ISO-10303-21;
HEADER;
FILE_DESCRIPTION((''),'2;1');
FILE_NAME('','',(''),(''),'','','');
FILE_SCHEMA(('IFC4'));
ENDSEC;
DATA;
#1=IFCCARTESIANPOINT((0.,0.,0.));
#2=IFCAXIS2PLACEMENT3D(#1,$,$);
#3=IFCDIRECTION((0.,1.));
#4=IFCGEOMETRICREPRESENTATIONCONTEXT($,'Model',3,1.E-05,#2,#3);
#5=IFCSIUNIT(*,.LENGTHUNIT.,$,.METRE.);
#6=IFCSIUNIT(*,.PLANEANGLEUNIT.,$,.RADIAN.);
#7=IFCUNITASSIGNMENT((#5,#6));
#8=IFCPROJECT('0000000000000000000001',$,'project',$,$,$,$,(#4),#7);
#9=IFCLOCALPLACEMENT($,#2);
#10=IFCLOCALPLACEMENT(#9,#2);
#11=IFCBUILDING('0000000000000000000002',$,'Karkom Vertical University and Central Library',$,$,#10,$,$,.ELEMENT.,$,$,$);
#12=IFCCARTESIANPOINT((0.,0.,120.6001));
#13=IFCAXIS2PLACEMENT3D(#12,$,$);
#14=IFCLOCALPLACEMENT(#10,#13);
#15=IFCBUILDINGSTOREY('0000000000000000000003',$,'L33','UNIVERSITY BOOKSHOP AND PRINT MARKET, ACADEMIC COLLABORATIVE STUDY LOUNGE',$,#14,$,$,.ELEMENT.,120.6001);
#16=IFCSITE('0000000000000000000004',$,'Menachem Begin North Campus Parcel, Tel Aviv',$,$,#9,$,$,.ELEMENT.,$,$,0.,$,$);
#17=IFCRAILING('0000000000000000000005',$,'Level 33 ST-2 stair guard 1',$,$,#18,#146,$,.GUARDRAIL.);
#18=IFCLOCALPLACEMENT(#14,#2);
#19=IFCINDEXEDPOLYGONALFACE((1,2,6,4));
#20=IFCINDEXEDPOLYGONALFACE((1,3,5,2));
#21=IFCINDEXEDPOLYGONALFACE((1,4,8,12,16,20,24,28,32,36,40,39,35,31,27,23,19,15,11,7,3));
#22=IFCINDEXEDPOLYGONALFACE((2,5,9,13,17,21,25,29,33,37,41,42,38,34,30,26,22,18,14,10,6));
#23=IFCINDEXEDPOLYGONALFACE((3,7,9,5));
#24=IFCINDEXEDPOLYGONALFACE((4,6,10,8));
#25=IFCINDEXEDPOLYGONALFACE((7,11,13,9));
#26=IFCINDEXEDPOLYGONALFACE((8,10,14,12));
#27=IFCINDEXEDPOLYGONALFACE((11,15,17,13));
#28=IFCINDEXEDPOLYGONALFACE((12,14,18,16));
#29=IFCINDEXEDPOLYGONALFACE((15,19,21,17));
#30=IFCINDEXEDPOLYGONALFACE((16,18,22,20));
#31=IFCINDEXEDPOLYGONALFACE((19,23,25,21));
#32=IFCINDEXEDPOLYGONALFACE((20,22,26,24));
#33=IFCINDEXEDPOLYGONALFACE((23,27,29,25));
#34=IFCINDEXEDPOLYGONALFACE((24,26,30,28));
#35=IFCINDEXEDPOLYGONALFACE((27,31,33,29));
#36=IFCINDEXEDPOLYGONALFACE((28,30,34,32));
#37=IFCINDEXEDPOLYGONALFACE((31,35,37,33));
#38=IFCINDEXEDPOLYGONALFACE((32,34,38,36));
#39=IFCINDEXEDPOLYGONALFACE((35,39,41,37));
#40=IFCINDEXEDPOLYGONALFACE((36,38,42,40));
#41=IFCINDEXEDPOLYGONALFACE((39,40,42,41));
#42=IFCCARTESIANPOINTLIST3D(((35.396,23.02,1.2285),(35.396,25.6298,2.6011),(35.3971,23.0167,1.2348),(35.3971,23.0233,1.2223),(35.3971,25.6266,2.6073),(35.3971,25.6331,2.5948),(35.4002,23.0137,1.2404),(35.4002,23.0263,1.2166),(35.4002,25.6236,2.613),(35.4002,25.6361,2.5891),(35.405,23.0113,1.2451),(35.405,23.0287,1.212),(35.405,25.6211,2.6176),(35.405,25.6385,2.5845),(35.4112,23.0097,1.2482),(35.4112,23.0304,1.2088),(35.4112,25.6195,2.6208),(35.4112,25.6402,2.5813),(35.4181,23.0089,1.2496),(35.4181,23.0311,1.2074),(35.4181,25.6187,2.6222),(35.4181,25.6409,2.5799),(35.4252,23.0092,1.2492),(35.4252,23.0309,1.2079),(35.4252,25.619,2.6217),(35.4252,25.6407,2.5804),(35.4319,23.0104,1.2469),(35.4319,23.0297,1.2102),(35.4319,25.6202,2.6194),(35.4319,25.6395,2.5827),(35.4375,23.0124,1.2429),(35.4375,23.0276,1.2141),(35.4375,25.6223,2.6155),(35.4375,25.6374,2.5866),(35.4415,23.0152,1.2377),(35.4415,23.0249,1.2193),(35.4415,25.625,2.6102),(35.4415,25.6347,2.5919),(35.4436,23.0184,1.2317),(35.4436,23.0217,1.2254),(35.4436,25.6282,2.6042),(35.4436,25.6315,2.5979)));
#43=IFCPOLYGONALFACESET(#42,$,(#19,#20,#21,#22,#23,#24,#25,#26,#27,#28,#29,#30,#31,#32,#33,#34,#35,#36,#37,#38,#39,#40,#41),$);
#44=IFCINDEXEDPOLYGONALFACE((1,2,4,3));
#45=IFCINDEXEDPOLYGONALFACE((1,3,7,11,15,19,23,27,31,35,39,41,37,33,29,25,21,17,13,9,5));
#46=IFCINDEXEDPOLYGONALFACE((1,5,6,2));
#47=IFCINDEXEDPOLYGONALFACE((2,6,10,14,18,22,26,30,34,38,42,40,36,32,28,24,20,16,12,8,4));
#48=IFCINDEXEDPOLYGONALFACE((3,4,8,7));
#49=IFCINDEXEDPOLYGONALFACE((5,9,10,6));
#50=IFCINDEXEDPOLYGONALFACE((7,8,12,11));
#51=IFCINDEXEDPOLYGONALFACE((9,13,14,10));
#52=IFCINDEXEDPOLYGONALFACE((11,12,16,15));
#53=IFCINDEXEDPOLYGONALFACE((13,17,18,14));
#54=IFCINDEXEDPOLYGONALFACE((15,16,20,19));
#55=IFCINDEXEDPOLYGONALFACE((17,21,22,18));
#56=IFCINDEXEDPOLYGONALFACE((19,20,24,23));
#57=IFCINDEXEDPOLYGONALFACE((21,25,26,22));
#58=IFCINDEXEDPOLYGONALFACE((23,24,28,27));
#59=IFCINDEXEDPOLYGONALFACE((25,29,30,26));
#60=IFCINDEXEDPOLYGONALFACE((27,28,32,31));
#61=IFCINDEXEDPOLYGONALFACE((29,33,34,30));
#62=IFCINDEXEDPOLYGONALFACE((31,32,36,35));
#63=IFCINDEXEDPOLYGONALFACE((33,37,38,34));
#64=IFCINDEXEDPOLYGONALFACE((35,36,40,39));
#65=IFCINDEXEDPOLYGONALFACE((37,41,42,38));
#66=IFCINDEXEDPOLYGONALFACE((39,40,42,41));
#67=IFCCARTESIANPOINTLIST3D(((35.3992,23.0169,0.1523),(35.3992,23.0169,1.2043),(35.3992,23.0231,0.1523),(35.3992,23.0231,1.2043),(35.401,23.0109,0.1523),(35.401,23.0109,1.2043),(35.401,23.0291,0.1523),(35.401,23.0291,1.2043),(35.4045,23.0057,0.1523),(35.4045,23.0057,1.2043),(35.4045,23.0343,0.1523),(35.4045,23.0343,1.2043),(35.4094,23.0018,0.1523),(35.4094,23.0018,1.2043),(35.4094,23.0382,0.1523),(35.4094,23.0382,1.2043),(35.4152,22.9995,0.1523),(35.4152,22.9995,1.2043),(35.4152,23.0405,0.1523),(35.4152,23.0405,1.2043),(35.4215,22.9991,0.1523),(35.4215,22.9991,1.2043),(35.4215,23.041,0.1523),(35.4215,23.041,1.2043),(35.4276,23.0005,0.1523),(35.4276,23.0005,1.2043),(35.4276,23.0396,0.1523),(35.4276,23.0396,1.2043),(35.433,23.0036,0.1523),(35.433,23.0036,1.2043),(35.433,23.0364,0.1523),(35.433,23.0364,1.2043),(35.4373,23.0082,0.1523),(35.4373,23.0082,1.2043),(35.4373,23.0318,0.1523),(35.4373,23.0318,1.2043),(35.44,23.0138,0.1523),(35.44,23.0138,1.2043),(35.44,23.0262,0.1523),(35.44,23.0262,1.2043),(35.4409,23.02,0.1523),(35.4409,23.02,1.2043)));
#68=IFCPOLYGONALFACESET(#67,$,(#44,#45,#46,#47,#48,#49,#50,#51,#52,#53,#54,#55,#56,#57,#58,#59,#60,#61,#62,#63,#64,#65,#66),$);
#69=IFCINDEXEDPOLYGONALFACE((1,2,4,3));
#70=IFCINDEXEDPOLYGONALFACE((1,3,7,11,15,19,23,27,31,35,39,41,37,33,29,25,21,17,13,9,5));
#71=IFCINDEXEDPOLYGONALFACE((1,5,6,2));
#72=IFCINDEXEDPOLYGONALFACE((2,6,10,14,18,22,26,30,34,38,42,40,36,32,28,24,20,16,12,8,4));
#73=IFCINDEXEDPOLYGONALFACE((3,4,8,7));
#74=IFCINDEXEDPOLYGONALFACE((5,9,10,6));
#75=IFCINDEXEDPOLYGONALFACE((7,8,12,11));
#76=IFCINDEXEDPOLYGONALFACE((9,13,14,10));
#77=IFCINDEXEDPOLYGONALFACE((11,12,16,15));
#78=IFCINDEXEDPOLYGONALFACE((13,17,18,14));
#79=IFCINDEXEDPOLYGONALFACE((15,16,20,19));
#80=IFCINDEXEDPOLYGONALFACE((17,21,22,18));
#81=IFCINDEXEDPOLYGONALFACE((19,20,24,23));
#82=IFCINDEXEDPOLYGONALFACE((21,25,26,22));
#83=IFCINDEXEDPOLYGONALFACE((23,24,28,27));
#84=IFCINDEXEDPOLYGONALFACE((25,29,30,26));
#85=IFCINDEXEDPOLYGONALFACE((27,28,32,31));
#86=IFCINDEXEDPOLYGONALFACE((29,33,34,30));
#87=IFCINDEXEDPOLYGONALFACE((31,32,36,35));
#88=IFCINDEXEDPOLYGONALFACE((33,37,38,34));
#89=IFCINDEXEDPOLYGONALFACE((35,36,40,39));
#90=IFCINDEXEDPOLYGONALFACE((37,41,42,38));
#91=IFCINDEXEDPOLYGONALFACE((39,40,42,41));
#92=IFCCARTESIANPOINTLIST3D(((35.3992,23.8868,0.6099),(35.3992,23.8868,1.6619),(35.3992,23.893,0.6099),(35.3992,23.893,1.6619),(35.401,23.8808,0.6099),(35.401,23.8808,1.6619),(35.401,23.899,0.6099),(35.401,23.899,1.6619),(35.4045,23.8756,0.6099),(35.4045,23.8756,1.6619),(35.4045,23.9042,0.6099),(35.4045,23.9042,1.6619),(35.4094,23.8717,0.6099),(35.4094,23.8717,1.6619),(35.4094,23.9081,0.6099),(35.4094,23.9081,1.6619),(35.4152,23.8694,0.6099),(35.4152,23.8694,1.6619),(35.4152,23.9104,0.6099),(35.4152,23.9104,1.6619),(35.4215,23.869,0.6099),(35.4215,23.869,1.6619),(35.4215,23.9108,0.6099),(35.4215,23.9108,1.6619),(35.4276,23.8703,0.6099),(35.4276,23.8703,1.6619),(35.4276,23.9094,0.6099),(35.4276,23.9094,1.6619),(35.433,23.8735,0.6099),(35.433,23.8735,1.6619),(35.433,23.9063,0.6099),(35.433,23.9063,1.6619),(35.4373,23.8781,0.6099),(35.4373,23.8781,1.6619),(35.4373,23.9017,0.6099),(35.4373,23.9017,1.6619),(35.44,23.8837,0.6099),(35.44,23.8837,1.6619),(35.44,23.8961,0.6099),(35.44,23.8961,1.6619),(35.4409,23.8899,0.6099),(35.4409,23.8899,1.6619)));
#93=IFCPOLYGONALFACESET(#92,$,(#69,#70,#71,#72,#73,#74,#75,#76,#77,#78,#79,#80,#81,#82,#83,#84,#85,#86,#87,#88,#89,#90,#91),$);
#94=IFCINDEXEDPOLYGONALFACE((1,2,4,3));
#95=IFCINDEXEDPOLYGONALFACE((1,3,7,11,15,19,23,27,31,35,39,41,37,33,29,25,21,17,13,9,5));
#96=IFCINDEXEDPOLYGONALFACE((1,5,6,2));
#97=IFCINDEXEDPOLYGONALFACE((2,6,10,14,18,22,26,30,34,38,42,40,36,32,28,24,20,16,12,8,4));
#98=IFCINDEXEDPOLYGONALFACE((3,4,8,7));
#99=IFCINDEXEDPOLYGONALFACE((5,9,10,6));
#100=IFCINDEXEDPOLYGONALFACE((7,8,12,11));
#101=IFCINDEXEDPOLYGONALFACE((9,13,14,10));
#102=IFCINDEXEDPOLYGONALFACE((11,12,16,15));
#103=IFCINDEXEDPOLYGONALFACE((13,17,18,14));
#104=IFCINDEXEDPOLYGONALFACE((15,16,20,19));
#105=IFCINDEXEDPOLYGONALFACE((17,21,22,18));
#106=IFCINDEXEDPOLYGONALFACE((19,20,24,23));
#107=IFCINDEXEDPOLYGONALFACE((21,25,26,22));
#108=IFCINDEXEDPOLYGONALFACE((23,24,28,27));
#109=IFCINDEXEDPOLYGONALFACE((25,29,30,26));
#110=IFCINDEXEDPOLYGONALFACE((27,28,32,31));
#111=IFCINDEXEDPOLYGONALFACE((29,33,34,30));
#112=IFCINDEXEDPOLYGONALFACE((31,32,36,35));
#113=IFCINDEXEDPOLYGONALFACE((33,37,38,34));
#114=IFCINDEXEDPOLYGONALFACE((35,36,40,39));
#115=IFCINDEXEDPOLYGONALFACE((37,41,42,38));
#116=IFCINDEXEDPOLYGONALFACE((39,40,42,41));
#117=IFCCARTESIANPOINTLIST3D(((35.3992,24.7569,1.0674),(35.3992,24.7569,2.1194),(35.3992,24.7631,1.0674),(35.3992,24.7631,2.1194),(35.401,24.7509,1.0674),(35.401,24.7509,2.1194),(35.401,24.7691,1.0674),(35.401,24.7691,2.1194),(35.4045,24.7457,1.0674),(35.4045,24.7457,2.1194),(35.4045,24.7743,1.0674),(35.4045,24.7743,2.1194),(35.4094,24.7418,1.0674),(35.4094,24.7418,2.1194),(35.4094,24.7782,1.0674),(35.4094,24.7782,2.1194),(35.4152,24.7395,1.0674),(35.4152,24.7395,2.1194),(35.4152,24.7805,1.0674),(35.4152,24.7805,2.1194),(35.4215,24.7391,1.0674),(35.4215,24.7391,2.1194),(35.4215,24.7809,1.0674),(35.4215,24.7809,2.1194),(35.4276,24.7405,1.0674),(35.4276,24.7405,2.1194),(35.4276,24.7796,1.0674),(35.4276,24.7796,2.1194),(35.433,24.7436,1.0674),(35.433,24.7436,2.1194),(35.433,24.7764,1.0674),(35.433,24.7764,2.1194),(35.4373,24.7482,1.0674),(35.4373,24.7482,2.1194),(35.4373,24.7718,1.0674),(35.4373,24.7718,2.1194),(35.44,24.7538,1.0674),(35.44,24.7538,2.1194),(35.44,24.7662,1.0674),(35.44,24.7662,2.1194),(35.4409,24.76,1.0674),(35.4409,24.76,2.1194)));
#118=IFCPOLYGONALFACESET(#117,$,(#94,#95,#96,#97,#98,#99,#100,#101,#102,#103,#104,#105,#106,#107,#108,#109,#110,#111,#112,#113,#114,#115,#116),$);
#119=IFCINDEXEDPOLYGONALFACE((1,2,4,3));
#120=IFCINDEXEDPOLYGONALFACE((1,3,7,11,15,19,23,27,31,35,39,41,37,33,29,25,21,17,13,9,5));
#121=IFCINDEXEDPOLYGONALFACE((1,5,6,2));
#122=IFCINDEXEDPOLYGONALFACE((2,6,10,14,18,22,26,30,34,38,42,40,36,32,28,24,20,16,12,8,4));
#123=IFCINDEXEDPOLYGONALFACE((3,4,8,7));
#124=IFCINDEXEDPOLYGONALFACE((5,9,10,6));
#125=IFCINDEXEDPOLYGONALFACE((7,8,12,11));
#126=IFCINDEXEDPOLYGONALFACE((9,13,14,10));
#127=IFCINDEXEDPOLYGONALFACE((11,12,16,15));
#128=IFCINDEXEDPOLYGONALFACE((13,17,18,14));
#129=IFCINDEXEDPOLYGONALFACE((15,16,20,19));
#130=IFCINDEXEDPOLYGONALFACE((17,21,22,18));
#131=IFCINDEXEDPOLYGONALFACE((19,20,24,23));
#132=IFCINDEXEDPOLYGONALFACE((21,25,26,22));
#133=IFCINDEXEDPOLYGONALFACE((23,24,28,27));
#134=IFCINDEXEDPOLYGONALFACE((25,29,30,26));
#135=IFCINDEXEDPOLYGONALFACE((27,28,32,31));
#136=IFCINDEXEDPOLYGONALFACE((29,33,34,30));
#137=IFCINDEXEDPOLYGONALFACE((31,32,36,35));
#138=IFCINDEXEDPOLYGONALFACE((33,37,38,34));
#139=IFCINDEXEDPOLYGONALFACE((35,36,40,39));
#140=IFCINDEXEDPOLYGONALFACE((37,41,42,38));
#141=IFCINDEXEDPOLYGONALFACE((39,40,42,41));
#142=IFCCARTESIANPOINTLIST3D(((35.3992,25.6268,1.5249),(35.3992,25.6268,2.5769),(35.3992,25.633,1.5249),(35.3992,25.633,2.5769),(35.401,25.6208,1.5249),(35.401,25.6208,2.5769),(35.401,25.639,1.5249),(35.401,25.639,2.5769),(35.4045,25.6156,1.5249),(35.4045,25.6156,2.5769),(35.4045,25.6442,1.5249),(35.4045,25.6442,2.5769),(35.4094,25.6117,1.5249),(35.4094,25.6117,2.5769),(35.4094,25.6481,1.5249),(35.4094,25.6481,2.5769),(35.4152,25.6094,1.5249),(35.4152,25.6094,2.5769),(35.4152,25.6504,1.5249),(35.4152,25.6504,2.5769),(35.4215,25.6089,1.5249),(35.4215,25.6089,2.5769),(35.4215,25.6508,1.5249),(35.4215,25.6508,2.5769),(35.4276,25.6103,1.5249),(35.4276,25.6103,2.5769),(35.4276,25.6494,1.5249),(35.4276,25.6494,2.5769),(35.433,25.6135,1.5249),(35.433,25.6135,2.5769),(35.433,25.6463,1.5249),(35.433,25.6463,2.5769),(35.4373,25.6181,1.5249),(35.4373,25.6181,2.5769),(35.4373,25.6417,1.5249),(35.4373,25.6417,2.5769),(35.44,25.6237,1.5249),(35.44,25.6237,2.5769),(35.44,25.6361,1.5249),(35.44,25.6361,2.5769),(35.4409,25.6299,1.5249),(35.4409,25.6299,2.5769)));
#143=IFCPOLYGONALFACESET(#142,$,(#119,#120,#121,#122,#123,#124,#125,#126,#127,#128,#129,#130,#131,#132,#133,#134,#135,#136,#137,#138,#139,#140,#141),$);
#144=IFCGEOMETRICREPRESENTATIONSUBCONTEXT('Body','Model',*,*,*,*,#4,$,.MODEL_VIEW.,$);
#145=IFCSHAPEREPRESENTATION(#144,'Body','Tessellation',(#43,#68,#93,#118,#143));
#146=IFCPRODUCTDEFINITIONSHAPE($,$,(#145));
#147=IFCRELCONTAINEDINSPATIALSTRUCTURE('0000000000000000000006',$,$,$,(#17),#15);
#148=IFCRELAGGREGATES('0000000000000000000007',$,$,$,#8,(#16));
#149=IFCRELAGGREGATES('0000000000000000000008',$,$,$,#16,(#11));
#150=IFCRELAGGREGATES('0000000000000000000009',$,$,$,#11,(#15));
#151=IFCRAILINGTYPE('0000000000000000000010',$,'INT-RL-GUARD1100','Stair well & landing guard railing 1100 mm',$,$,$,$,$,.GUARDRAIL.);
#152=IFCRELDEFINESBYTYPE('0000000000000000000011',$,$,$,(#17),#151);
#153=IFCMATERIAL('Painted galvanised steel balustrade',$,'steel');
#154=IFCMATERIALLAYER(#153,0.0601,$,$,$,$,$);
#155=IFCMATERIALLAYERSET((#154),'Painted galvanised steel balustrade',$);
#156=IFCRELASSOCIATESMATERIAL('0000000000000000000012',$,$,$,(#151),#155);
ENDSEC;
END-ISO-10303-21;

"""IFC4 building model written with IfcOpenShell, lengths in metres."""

from ifc_helpers import new_model, si_unit, direction, frame, origin, origin_2d, place, context, subcontext, project, spatial, circle, extrude, material, layer, layer_set, type_object, element, save


model = new_model("IFC4")

# Units and contexts
model_context = context("Model", 3, precision=1e-05, world=origin(), true_north=direction((0.0, 1.0)))
body_context = subcontext(model_context, "Body", "Model", "MODEL_VIEW")
ifc_project = project(units=[si_unit("LENGTHUNIT", "METRE"), si_unit("PLANEANGLEUNIT", "RADIAN")], contexts=[model_context])

# Site, building, storey
site_placement = place(None, origin())
site = spatial("IfcSite", under=ifc_project, at=site_placement, Name="Menachem Begin North Campus Parcel, Tel Aviv", CompositionType="ELEMENT", RefElevation=0.0)
building_placement = place(site_placement, origin())
building = spatial("IfcBuilding", under=site, at=building_placement, Name="Karkom Vertical University and Central Library", CompositionType="ELEMENT")
storey_placement = place(building_placement, frame((0.0, 0.0, 120.6001)))
storey = spatial("IfcBuildingStorey", under=building, at=storey_placement, Name="L33", Description="UNIVERSITY BOOKSHOP AND PRINT MARKET, ACADEMIC COLLABORATIVE STUDY LOUNGE", CompositionType="ELEMENT", Elevation=120.6001)

# Railing
ifc_material_1 = material(Name="Painted galvanised steel balustrade", Category="steel")
ifc_layer_1 = layer(ifc_material_1, 0.0601)
ifc_layer_set_1 = layer_set([ifc_layer_1], Name="Painted galvanised steel balustrade")
railing_type_1 = type_object("IfcRailingType", Name="INT-RL-GUARD1100", Description="Stair well & landing guard railing 1100 mm", PredefinedType="GUARDRAIL", material=ifc_layer_set_1)
railing_1_placement = place(storey_placement, frame((35.4199, 23.02, 0.1523)))
element("IfcRailing", 1, at=railing_1_placement, inside=storey, type_object=railing_type_1, Name="Level 33 ST-2 stair guard 1", PredefinedType="GUARDRAIL", context=body_context, shape_type="SweptSolid", body=[
    extrude(circle(Radius=0.0239, at=origin_2d()), frame((0.0, 0.0, 1.0762), z_axis=(0.0, 0.885065, 0.465467), x_axis=(-1.0, 0.0, 0.0)), (0.0, 0.0, 1.0), 2.9487),
    extrude(circle(Radius=0.021, at=origin_2d()), origin(), (0.0, 0.0, 1.0), 1.052),
    extrude(circle(Radius=0.021, at=origin_2d()), frame((0.0, 0.8699, 0.4575)), (0.0, 0.0, 1.0), 1.052),
    extrude(circle(Radius=0.021, at=origin_2d()), frame((0.0, 1.74, 0.915)), (0.0, 0.0, 1.0), 1.052),
    extrude(circle(Radius=0.021, at=origin_2d()), frame((0.0, 2.6099, 1.3726)), (0.0, 0.0, 1.0), 1.052),
])

save(model, "model.ifc")
